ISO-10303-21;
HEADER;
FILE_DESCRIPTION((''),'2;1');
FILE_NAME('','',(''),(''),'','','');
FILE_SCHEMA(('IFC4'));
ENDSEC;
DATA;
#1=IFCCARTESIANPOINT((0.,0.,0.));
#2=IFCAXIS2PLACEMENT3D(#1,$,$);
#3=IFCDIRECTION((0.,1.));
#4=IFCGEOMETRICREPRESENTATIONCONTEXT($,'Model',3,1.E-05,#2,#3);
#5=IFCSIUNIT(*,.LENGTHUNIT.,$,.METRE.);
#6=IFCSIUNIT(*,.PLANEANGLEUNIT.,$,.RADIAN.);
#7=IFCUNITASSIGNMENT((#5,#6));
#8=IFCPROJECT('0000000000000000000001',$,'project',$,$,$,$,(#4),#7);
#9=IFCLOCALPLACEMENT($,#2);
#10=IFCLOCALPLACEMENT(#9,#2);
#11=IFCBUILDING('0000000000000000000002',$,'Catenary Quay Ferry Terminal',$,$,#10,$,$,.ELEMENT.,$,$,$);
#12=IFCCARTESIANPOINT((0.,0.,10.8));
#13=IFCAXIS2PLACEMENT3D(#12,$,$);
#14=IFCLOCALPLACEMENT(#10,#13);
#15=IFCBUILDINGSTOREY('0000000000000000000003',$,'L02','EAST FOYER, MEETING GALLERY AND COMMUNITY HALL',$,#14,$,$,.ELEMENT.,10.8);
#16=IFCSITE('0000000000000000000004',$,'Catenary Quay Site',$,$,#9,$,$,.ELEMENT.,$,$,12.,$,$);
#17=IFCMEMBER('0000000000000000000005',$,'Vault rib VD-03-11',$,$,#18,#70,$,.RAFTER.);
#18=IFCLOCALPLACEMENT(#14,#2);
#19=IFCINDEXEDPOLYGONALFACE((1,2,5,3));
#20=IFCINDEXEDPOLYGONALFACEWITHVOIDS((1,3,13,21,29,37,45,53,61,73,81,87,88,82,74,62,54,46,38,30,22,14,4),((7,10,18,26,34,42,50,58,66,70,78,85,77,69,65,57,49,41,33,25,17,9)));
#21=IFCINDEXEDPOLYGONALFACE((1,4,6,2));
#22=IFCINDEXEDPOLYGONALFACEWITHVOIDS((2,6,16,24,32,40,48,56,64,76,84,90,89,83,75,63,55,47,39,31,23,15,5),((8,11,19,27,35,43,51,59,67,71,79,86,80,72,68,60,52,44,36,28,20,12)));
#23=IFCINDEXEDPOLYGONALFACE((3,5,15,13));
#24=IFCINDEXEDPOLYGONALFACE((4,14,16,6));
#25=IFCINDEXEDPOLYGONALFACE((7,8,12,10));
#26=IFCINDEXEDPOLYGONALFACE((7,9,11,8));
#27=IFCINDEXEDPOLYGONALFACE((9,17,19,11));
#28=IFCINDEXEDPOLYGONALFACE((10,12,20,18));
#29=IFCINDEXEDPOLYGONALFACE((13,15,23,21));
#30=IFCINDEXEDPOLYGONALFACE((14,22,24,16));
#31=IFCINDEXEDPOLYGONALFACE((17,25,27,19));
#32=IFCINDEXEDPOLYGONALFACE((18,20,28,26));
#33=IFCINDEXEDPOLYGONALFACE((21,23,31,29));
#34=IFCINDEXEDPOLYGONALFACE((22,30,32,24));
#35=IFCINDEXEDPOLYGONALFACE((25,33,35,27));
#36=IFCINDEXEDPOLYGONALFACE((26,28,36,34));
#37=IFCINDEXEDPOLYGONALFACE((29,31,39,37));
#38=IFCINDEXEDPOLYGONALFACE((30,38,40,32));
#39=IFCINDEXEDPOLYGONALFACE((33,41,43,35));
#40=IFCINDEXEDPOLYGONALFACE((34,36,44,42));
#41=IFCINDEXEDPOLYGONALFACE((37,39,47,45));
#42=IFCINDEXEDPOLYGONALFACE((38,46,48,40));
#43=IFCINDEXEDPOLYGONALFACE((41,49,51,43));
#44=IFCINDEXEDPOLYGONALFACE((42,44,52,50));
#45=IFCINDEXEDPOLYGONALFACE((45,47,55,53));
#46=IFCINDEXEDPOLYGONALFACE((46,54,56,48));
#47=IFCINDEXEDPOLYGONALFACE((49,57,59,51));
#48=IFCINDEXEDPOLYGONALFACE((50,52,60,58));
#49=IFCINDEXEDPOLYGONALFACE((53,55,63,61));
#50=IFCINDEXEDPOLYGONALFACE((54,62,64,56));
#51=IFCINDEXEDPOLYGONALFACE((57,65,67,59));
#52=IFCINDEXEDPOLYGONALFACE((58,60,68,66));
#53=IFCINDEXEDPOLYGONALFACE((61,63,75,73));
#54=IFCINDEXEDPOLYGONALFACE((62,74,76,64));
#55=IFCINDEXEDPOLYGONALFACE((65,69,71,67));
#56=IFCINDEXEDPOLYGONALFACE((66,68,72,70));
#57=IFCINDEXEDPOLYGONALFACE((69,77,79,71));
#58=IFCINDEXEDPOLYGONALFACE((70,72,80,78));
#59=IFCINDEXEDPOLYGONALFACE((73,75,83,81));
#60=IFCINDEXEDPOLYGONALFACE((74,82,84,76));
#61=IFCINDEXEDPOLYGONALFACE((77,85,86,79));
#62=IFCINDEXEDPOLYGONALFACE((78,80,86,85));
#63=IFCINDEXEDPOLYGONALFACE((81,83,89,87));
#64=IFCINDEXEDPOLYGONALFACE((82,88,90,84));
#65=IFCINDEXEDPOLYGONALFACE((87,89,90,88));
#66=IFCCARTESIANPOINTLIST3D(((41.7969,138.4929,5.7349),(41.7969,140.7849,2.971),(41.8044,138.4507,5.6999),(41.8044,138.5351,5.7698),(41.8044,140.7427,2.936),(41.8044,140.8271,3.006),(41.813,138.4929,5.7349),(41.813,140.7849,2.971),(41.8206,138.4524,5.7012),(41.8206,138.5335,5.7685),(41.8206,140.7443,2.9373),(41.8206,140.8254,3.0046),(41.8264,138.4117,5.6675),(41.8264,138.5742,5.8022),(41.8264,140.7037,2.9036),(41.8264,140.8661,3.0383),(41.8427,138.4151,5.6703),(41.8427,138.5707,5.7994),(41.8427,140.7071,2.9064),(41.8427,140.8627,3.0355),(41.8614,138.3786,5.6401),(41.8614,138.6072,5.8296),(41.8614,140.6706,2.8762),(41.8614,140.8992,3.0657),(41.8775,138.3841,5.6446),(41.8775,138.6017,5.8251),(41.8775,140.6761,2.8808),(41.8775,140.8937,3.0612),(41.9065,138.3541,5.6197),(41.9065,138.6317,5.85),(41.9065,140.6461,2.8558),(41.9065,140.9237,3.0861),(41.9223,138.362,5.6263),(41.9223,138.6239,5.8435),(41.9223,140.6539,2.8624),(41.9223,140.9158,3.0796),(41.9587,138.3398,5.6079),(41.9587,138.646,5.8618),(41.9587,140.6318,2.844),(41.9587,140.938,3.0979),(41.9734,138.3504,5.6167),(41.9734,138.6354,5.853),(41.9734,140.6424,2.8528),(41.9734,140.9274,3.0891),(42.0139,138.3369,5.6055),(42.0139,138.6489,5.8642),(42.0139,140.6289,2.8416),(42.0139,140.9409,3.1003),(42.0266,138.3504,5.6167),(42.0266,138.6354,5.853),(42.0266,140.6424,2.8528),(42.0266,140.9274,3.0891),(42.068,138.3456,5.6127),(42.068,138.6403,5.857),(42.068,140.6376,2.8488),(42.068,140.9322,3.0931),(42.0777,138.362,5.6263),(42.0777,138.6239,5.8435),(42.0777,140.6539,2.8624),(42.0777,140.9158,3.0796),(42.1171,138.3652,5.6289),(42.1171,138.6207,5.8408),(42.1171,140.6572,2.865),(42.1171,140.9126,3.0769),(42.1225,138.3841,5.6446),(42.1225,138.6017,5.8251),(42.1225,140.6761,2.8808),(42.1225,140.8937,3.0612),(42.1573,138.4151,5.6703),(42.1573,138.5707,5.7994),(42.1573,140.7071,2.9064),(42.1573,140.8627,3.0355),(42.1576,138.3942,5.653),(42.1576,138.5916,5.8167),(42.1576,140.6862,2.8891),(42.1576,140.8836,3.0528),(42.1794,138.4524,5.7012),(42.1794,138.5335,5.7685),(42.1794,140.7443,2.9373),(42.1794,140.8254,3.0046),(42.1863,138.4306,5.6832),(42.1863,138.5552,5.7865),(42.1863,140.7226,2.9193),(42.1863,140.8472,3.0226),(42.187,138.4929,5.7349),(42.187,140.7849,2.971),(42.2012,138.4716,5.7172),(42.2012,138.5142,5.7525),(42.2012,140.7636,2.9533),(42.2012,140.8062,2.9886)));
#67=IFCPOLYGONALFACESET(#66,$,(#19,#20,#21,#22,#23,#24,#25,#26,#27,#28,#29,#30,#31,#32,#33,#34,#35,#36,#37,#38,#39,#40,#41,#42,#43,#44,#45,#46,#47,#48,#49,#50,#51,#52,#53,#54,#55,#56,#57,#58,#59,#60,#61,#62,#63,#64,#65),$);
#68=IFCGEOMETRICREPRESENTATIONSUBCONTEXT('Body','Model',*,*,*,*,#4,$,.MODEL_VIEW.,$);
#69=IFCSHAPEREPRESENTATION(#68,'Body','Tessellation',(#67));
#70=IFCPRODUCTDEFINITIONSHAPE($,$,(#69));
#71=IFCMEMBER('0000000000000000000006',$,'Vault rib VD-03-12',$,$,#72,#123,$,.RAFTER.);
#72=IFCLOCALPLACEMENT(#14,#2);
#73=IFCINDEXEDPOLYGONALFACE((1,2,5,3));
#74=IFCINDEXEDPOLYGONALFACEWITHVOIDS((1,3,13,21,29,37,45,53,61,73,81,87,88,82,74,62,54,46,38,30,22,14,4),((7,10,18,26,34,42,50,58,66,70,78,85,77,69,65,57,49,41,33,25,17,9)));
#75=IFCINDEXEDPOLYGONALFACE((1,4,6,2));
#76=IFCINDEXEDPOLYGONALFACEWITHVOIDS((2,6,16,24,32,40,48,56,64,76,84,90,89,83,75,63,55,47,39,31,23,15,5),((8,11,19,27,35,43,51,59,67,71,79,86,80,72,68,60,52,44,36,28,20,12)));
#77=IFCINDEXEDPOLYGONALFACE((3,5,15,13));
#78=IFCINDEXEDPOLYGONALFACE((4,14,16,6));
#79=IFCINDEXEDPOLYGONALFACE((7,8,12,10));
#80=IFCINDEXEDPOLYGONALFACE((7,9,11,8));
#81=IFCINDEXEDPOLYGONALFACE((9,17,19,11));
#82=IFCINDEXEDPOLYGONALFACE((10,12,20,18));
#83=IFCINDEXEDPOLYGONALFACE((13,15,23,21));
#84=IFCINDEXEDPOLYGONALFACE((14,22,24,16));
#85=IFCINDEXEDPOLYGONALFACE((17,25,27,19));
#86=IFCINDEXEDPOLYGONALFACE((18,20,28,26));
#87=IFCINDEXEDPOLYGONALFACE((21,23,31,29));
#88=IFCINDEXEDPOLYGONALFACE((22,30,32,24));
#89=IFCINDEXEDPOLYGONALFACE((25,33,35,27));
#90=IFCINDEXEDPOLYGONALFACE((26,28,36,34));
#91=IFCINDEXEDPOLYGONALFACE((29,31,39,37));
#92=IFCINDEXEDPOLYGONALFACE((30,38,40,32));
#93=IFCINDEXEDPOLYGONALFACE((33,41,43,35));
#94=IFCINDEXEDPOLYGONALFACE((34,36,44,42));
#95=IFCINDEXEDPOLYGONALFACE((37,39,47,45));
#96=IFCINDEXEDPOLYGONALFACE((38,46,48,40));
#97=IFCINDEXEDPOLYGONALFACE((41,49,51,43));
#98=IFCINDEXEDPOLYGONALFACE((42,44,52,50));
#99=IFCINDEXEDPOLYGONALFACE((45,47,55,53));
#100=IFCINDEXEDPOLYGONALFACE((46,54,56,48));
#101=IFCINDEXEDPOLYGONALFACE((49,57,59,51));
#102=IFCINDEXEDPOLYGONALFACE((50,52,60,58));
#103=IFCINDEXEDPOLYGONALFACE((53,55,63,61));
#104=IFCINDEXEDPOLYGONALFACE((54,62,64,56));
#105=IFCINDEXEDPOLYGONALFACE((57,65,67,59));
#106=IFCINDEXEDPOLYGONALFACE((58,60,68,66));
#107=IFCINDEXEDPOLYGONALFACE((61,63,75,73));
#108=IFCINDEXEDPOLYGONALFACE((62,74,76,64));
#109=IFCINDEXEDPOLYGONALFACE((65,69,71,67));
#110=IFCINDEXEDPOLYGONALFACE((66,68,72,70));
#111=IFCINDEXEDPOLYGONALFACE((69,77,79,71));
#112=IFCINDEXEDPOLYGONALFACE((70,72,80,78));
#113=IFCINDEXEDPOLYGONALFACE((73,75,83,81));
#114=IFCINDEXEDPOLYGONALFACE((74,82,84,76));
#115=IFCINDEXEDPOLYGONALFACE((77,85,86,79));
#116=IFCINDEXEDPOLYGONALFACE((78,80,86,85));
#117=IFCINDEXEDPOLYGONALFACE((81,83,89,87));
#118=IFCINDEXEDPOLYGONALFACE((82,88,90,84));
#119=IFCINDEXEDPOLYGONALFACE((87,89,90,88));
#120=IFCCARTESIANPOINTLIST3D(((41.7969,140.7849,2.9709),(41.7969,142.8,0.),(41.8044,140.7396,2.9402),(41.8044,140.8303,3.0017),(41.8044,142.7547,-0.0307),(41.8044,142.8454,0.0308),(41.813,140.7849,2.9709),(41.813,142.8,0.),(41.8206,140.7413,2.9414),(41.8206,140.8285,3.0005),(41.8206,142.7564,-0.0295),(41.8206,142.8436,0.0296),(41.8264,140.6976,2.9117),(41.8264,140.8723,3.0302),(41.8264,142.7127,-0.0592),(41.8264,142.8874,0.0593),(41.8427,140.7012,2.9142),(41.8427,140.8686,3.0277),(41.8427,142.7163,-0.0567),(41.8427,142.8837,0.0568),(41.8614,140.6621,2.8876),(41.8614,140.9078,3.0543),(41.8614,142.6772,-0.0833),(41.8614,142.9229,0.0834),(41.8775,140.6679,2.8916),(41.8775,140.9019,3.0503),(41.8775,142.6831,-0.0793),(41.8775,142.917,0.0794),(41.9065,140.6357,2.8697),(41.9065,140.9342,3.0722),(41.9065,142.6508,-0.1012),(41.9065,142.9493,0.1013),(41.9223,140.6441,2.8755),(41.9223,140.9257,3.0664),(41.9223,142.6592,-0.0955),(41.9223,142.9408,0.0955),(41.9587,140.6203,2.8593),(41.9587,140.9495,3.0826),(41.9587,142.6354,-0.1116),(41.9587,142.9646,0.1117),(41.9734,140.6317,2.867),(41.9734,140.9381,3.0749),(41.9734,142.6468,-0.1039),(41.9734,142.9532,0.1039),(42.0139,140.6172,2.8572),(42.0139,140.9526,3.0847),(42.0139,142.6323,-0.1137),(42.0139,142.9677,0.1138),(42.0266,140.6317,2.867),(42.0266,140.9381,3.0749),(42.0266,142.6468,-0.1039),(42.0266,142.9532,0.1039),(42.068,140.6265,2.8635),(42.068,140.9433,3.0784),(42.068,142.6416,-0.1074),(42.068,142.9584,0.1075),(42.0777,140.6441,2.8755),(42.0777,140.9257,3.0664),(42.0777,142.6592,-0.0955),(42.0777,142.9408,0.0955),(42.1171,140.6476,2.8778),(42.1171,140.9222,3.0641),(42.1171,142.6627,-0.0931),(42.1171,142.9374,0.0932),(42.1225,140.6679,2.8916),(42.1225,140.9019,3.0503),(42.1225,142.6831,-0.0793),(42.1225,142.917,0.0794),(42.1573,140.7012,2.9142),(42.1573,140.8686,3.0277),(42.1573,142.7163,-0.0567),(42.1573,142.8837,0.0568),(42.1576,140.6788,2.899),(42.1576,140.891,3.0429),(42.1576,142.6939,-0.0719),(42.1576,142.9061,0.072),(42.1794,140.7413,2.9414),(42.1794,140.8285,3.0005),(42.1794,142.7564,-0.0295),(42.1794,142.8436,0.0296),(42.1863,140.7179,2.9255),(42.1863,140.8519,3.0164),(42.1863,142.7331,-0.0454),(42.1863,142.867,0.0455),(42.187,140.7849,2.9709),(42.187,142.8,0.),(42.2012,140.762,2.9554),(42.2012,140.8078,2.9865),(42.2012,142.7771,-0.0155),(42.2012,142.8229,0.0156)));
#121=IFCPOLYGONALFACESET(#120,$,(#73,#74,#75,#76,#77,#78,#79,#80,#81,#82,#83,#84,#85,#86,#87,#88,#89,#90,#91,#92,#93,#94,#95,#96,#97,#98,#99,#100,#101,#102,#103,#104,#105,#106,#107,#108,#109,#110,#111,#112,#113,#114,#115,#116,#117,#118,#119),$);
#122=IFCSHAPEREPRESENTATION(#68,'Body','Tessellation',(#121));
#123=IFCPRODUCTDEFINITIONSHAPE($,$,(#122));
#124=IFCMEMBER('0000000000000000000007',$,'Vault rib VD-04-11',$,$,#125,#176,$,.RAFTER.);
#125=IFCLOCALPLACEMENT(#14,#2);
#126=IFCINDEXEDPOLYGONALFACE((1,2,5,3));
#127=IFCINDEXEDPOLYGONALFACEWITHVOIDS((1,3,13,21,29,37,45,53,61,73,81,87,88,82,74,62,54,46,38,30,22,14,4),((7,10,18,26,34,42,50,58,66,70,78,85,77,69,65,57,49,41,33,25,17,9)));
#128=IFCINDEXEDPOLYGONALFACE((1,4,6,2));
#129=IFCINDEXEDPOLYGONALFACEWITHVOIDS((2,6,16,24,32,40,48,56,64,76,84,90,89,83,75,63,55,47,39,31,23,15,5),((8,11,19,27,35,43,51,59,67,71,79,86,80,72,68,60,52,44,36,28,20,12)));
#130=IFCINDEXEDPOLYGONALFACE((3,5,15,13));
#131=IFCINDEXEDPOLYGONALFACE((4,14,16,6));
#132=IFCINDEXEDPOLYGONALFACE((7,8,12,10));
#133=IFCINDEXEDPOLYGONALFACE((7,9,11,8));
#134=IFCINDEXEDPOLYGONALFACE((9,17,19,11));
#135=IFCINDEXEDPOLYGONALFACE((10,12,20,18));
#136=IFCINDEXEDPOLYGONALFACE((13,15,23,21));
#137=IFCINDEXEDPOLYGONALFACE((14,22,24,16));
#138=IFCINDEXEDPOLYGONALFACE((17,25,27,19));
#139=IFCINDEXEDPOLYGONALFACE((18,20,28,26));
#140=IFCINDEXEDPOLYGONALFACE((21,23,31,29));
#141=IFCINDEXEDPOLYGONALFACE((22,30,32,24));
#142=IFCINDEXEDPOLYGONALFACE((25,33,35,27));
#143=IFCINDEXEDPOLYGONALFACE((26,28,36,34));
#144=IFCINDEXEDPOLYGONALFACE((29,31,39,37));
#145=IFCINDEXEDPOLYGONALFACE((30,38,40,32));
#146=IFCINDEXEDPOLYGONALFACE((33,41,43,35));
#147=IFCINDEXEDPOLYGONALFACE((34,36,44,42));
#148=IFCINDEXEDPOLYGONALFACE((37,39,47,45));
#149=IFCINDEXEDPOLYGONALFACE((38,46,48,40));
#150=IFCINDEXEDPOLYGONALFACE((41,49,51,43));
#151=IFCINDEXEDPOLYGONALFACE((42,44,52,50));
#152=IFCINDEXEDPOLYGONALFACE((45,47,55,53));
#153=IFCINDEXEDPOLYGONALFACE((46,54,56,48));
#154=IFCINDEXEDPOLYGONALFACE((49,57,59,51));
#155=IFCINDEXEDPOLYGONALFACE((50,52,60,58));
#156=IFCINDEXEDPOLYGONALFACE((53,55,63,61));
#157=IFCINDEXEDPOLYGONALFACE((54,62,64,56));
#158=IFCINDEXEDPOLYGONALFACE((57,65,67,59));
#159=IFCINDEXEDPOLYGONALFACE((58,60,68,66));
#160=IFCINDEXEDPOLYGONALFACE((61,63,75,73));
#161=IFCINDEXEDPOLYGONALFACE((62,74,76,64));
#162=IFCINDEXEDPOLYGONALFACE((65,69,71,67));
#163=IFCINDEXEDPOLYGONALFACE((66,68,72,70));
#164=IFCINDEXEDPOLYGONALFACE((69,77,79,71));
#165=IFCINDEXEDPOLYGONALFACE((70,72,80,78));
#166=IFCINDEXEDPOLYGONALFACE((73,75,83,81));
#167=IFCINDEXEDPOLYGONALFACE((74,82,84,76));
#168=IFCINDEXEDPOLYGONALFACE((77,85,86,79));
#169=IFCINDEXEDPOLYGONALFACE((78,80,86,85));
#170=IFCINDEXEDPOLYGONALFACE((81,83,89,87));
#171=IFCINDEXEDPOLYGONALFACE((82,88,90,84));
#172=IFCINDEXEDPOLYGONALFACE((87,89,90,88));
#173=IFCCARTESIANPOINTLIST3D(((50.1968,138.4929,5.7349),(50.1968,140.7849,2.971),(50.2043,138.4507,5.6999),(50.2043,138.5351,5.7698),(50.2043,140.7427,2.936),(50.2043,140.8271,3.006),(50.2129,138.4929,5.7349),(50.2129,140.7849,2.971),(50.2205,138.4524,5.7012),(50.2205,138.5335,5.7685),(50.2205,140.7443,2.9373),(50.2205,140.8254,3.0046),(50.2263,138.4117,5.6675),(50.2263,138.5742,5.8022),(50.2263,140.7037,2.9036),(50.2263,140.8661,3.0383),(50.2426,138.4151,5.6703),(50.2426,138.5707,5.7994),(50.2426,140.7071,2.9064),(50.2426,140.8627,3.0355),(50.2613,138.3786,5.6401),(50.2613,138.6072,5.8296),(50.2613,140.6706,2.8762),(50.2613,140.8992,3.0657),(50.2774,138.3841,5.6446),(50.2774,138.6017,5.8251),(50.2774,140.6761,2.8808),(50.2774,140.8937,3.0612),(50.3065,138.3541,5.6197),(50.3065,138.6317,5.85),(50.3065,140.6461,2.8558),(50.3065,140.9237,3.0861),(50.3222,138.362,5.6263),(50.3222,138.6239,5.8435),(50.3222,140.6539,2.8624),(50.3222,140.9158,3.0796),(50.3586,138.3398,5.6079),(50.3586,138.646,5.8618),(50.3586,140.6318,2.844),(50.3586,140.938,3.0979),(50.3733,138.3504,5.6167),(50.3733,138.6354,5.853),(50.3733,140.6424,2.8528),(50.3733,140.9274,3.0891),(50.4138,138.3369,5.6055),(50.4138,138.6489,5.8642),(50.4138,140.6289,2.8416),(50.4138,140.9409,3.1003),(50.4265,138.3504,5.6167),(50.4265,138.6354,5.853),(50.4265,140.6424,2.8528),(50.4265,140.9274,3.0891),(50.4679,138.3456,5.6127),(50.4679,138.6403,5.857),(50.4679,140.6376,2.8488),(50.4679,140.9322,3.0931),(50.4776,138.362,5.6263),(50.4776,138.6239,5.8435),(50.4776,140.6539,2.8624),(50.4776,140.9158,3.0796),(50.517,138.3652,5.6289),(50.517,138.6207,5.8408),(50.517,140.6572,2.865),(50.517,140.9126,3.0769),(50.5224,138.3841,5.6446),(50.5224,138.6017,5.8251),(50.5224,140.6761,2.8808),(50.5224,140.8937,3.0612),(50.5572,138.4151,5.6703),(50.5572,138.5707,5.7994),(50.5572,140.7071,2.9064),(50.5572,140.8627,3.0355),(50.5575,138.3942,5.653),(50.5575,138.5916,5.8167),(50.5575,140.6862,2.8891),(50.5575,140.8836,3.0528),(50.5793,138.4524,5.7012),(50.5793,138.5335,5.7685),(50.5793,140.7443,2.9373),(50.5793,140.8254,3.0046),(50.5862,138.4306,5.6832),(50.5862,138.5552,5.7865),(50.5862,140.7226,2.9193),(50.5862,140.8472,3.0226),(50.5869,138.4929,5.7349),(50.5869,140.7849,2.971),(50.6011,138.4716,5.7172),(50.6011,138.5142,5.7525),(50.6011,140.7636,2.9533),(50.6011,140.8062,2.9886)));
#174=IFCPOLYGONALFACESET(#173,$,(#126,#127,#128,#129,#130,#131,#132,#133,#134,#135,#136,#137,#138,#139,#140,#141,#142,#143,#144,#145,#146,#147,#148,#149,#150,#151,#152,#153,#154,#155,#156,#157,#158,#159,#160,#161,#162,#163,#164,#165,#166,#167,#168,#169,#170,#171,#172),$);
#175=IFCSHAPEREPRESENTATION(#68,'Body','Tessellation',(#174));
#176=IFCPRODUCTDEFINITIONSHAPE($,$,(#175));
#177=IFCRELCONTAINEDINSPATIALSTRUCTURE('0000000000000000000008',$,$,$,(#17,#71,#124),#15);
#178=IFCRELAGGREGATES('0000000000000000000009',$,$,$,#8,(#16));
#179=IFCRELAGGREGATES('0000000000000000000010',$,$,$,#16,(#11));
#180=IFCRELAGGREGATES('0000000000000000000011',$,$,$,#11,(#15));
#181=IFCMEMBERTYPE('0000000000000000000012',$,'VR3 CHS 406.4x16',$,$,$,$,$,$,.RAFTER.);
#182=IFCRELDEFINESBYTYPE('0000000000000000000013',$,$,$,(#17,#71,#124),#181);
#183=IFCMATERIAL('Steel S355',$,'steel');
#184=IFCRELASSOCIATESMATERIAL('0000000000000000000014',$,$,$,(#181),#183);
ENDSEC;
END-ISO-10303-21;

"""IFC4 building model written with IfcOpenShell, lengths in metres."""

from ifc_helpers import new_model, si_unit, direction, frame, origin, origin_2d, place, context, subcontext, project, spatial, hollow_circle, extrude, material, material_profile, profile_set, type_object, element, save


model = new_model("IFC4")

# Units and contexts
model_context = context("Model", 3, precision=1e-05, world=origin(), true_north=direction((0.0, 1.0)))
body_context = subcontext(model_context, "Body", "Model", "MODEL_VIEW")
ifc_project = project(units=[si_unit("LENGTHUNIT", "METRE"), si_unit("PLANEANGLEUNIT", "RADIAN")], contexts=[model_context])

# Site, building, storey
site_placement = place(None, origin())
site = spatial("IfcSite", under=ifc_project, at=site_placement, Name="Catenary Quay Site", CompositionType="ELEMENT", RefElevation=12.0)
building_placement = place(site_placement, origin())
building = spatial("IfcBuilding", under=site, at=building_placement, Name="Catenary Quay Ferry Terminal", CompositionType="ELEMENT")
storey_placement = place(building_placement, frame((0.0, 0.0, 10.8)))
storey = spatial("IfcBuildingStorey", under=building, at=storey_placement, Name="L02", Description="EAST FOYER, MEETING GALLERY AND COMMUNITY HALL", CompositionType="ELEMENT", Elevation=10.8)

# Members
ifc_material_1 = material(Name="Steel S355", Category="steel")
ifc_material_profile_1 = material_profile(ifc_material_1, hollow_circle(Radius=0.2031, WallThickness=0.0161, at=origin_2d()), Name="CHS 406.4x16")
ifc_profile_set_1 = profile_set([ifc_material_profile_1], Name="Steel S355")
member_type_1 = type_object("IfcMemberType", Name="VR3 CHS 406.4x16", PredefinedType="RAFTER", material=ifc_profile_set_1)
member_1_placement = place(storey_placement, frame((42.0, 138.4929, 5.7349), z_axis=(0.0, 0.63833, -0.769763), x_axis=(-1.0, 0.0, 0.0)))
element("IfcMember", 1, at=member_1_placement, inside=storey, type_object=member_type_1, Name="Vault rib VD-03-11", PredefinedType="RAFTER", context=body_context, shape_type="SweptSolid", body=[
    extrude(hollow_circle(Radius=0.2031, WallThickness=0.0161, at=origin_2d()), origin(), (0.0, 0.0, 1.0), 3.5906),
])
member_2_placement = place(storey_placement, frame((42.0, 140.7849, 2.9709), z_axis=(0.0, 0.561337, -0.827587), x_axis=(-1.0, 0.0, 0.0)))
element("IfcMember", 2, at=member_2_placement, inside=storey, type_object=member_type_1, Name="Vault rib VD-03-12", PredefinedType="RAFTER", context=body_context, shape_type="SweptSolid", body=[
    extrude(hollow_circle(Radius=0.2031, WallThickness=0.0161, at=origin_2d()), origin(), (0.0, 0.0, 1.0), 3.5898),
])
member_3_placement = place(storey_placement, frame((50.3999, 138.4929, 5.7349), z_axis=(0.0, 0.63833, -0.769763), x_axis=(-1.0, 0.0, 0.0)))
element("IfcMember", 3, at=member_3_placement, inside=storey, type_object=member_type_1, Name="Vault rib VD-04-11", PredefinedType="RAFTER", context=body_context, shape_type="SweptSolid", body=[
    extrude(hollow_circle(Radius=0.2031, WallThickness=0.0161, at=origin_2d()), origin(), (0.0, 0.0, 1.0), 3.5906),
])

save(model, "model.ifc")
